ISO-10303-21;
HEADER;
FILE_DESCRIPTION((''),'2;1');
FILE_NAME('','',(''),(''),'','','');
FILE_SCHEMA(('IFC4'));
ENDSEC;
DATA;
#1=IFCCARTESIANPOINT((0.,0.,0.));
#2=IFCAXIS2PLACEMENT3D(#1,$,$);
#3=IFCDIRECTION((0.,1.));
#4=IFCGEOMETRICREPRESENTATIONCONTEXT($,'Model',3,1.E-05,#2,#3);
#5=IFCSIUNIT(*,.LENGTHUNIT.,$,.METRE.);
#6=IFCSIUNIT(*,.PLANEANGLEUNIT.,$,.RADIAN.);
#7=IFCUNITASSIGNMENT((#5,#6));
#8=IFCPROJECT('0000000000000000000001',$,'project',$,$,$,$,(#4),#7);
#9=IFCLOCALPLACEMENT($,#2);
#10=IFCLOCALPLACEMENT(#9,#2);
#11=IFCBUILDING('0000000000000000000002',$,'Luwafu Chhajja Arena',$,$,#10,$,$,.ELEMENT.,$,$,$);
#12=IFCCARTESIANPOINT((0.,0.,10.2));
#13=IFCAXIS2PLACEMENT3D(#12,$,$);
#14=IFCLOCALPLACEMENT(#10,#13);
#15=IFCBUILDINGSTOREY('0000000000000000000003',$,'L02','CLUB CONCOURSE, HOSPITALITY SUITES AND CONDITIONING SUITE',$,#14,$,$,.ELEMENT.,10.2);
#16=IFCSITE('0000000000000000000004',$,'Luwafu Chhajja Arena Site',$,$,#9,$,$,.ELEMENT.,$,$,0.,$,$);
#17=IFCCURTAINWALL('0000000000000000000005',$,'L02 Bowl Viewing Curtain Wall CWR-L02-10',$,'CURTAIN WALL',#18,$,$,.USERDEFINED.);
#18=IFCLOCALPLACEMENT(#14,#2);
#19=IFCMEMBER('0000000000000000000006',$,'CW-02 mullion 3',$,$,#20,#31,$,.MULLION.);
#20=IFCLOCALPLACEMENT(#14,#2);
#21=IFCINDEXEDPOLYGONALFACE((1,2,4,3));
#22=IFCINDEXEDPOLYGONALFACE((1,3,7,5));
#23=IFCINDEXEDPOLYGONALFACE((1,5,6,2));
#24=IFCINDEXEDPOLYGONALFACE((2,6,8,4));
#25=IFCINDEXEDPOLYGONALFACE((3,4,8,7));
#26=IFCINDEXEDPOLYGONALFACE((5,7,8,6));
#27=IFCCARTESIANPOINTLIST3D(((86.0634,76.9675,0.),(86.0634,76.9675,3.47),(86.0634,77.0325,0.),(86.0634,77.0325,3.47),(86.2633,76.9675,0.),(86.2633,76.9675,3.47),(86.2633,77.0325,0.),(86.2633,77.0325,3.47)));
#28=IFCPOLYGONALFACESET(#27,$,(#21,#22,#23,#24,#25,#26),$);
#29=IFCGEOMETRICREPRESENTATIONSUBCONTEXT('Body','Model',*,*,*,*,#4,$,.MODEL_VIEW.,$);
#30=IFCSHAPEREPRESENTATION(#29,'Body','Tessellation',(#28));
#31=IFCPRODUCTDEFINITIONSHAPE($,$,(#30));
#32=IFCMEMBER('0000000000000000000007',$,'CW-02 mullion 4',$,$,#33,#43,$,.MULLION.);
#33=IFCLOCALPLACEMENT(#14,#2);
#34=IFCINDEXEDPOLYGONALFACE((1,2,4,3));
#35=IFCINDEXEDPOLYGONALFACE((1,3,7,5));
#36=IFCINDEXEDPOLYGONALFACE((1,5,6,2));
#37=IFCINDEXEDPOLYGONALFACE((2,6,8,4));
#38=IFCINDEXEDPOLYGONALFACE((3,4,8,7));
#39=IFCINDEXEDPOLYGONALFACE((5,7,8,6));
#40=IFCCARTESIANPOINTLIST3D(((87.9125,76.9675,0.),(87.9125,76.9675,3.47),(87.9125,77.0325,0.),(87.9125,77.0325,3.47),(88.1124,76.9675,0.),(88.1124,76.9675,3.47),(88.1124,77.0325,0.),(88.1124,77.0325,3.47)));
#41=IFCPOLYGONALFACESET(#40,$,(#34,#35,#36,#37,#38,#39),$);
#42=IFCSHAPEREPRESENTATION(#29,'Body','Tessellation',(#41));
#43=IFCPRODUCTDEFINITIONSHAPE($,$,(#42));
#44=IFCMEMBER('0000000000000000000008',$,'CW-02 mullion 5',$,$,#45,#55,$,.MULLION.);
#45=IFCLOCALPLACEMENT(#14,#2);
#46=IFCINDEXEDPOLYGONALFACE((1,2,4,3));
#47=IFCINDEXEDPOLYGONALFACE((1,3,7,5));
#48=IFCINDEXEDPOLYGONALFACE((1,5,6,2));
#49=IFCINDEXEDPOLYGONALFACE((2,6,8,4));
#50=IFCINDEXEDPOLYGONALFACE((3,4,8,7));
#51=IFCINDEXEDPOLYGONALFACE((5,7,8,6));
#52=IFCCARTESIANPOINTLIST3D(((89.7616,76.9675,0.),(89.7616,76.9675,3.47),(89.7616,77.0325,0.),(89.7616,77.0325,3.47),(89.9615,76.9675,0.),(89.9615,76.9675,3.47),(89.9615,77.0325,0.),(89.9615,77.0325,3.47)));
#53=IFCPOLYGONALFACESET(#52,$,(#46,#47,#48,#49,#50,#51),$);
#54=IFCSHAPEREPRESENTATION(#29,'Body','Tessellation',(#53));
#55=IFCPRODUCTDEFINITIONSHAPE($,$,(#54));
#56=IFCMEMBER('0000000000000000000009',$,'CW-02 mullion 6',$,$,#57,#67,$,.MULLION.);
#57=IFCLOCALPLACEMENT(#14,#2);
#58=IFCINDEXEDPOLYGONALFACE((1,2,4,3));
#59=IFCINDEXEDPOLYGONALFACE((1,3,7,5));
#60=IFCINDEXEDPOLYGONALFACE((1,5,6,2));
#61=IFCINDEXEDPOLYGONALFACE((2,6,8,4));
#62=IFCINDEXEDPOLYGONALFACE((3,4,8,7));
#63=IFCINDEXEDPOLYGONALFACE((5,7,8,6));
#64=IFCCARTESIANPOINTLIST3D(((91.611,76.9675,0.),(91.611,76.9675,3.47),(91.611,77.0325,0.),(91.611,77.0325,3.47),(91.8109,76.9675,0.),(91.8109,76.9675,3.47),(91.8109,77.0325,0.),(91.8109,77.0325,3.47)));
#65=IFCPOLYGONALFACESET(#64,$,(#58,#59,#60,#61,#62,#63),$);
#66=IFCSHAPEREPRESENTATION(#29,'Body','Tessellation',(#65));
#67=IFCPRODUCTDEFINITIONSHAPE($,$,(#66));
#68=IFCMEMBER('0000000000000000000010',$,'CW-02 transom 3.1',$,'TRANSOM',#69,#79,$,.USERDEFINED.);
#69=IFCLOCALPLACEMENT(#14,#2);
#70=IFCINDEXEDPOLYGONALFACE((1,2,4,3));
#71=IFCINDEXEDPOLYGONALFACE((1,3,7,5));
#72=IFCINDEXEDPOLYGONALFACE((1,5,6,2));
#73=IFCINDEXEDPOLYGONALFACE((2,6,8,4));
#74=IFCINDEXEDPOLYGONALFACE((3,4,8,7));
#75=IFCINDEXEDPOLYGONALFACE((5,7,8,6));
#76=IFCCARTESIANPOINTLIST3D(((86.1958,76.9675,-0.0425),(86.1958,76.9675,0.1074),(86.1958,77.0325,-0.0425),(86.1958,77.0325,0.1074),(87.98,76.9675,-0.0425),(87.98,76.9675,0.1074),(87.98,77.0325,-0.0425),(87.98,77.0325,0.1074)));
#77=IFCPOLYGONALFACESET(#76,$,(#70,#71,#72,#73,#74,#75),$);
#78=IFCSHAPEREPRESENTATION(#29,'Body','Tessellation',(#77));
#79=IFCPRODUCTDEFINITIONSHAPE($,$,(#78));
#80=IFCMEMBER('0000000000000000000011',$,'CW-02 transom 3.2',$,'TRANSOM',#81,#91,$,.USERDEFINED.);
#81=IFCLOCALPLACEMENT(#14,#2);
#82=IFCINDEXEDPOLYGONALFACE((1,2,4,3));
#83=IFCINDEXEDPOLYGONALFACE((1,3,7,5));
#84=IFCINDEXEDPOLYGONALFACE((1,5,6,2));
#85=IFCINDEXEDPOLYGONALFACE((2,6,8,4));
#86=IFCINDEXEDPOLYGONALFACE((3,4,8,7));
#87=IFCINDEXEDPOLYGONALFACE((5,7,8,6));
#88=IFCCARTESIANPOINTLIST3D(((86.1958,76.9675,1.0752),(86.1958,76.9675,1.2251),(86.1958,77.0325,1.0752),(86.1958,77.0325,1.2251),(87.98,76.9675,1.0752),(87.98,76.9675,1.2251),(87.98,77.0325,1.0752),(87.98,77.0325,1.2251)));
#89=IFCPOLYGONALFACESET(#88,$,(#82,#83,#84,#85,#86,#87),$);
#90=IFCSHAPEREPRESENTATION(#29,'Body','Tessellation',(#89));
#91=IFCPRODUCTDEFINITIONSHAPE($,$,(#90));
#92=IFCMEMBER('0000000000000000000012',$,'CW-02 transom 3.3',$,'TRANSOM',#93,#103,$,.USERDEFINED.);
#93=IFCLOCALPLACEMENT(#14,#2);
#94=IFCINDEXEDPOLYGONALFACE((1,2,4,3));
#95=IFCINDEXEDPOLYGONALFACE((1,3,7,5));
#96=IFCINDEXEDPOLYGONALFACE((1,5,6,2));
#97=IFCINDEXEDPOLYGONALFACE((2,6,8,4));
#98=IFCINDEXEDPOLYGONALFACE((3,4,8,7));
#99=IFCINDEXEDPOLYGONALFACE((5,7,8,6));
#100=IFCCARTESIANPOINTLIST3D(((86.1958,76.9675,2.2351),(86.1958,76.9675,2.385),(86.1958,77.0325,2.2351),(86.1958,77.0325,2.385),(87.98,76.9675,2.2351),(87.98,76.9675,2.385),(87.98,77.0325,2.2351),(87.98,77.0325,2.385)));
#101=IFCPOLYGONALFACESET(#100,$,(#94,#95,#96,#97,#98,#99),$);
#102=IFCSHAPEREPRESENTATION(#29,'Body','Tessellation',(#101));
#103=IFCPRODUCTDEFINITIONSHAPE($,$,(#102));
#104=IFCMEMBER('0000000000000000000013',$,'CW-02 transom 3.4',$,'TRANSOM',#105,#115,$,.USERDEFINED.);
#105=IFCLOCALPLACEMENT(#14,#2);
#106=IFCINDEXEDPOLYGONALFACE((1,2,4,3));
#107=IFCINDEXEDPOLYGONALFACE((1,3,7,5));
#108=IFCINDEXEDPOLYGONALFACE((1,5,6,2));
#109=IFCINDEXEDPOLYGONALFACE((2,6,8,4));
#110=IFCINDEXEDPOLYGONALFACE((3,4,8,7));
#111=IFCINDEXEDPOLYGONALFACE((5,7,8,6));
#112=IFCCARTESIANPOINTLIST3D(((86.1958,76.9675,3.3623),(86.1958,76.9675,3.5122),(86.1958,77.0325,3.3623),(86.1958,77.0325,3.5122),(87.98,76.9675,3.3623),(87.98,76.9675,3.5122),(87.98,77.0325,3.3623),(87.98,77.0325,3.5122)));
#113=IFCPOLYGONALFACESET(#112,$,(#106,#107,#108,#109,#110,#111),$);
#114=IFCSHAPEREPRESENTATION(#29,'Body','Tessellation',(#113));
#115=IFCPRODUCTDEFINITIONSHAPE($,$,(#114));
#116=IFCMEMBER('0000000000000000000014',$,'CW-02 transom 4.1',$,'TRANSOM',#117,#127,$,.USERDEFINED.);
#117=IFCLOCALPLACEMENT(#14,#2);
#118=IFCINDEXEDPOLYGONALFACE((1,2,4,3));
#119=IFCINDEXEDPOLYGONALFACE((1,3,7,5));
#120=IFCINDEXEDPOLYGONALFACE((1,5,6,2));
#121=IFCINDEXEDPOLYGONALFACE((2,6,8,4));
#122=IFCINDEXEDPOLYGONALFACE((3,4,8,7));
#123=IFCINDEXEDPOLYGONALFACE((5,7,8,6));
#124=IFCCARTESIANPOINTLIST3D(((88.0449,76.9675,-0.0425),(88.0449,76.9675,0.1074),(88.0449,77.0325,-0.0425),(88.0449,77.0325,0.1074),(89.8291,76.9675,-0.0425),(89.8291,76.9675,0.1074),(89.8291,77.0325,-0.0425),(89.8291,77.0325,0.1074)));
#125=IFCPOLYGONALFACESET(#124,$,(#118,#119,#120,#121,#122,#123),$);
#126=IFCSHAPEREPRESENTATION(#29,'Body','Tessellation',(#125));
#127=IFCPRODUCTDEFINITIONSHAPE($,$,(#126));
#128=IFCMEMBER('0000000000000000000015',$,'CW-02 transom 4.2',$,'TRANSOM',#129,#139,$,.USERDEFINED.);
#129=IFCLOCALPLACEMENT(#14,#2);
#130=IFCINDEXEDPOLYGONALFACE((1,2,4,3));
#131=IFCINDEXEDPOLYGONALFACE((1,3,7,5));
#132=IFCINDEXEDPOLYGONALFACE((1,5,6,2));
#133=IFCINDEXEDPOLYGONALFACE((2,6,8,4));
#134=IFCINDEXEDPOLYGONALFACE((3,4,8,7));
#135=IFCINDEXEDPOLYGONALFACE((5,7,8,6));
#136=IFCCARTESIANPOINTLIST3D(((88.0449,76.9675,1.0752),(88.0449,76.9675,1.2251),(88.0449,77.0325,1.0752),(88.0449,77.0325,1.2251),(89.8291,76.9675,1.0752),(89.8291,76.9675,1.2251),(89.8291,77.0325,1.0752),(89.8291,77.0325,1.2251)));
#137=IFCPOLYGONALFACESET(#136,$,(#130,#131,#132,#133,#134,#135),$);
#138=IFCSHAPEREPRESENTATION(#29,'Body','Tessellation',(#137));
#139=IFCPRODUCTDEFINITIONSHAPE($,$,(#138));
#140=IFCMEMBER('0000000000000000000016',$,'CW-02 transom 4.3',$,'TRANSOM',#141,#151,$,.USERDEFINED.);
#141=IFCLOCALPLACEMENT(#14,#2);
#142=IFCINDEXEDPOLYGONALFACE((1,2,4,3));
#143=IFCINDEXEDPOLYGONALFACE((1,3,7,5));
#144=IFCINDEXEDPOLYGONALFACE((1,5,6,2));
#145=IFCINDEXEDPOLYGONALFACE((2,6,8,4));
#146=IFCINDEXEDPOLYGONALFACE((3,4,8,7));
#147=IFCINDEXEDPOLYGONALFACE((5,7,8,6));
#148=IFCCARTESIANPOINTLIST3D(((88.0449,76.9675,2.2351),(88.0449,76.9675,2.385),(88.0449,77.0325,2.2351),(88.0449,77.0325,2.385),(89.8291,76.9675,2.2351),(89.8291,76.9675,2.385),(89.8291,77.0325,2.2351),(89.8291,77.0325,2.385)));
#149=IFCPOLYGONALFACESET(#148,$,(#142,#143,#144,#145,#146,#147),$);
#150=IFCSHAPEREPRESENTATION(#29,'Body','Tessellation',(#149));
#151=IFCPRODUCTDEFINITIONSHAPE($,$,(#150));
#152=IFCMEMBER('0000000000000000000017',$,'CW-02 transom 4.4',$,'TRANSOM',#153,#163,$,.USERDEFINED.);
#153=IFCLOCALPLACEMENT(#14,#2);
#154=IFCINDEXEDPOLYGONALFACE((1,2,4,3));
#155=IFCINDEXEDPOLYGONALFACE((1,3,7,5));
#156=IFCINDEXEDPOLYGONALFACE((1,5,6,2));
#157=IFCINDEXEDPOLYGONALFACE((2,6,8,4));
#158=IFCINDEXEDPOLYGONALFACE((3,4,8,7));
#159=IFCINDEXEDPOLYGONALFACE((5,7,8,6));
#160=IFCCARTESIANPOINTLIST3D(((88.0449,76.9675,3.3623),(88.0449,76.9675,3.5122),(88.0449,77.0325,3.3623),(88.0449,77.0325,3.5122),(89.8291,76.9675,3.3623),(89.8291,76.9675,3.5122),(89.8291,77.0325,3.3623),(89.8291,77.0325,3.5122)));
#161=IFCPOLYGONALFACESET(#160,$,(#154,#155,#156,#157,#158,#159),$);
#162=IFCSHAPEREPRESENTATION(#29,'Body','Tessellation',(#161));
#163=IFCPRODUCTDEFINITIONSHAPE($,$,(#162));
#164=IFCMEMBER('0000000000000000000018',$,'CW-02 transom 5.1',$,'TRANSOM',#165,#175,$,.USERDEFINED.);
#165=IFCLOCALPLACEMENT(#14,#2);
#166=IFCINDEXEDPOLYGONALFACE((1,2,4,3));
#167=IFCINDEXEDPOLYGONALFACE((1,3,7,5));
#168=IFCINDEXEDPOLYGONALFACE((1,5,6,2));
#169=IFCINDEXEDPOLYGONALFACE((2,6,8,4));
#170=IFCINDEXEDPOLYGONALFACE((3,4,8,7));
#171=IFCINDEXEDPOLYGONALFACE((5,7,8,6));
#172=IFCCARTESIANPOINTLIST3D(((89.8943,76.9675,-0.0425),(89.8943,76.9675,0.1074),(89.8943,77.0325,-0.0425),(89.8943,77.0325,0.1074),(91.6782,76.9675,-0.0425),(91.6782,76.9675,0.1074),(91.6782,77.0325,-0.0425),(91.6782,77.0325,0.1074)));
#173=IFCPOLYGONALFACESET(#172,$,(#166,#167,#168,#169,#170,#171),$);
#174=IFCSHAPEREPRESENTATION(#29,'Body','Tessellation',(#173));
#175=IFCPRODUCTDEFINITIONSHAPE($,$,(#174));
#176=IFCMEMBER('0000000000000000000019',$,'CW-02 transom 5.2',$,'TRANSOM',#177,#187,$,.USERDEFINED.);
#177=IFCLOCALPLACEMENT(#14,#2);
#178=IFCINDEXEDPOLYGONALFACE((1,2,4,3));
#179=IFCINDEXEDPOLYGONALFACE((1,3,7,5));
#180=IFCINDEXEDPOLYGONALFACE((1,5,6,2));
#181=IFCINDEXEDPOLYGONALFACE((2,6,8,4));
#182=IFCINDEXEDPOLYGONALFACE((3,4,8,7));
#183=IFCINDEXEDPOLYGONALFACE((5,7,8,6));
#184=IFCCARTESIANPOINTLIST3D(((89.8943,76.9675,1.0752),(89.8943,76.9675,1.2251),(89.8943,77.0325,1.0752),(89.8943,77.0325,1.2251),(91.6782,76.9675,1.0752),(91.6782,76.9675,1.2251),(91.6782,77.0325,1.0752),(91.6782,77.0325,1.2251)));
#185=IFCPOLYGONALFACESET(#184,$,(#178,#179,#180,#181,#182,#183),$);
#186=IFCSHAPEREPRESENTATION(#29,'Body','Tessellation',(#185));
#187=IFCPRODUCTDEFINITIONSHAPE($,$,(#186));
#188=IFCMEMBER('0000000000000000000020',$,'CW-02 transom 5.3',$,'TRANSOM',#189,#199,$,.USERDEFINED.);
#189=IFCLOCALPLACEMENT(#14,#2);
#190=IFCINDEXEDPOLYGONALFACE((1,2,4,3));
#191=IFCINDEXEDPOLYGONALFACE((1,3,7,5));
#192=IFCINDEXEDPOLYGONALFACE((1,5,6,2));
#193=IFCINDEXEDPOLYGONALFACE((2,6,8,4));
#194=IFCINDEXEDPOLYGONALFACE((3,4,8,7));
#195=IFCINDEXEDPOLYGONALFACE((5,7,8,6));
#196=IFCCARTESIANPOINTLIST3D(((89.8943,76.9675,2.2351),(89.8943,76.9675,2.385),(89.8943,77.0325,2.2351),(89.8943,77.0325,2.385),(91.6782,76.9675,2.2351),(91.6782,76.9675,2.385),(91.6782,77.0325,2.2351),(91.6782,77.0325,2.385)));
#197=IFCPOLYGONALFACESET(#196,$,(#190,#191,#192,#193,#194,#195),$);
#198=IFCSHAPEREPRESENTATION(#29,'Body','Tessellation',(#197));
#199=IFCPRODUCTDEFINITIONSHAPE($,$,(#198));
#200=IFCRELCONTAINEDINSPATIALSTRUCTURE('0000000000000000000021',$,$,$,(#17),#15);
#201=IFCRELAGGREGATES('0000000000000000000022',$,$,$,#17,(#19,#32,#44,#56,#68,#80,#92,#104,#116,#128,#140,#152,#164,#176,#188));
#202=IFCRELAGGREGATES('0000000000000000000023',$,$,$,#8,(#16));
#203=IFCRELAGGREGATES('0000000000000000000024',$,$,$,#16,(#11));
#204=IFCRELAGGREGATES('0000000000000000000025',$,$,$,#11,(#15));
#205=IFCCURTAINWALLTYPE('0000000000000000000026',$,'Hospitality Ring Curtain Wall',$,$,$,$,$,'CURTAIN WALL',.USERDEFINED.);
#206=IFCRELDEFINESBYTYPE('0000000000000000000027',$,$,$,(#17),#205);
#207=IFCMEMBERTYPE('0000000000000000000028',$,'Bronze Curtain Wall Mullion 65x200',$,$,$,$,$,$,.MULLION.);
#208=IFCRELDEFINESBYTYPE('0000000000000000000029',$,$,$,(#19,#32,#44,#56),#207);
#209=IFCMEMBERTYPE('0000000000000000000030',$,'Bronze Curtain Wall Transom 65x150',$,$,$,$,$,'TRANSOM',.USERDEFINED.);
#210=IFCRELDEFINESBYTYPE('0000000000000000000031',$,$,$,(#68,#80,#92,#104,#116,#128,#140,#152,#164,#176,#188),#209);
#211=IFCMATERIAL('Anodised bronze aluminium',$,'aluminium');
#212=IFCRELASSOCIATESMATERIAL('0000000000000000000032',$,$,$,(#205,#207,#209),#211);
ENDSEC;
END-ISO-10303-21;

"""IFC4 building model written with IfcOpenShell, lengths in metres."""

from ifc_helpers import new_model, si_unit, direction, frame, origin, origin_2d, place, context, subcontext, project, spatial, rectangle, extrude, material, material_profile, profile_set, type_object, element, aggregate, save


model = new_model("IFC4")

# Units and contexts
model_context = context("Model", 3, precision=1e-05, world=origin(), true_north=direction((0.0, 1.0)))
body_context = subcontext(model_context, "Body", "Model", "MODEL_VIEW")
ifc_project = project(units=[si_unit("LENGTHUNIT", "METRE"), si_unit("PLANEANGLEUNIT", "RADIAN")], contexts=[model_context])

# Site, building, storey
site_placement = place(None, origin())
site = spatial("IfcSite", under=ifc_project, at=site_placement, Name="Luwafu Chhajja Arena Site", CompositionType="ELEMENT", RefElevation=0.0)
building_placement = place(site_placement, origin())
building = spatial("IfcBuilding", under=site, at=building_placement, Name="Luwafu Chhajja Arena", CompositionType="ELEMENT")
storey_placement = place(building_placement, frame((0.0, 0.0, 10.2)))
storey = spatial("IfcBuildingStorey", under=building, at=storey_placement, Name="L02", Description="CLUB CONCOURSE, HOSPITALITY SUITES AND CONDITIONING SUITE", CompositionType="ELEMENT", Elevation=10.2)

# Curtain wall, members
ifc_material_1 = material(Name="Anodised bronze aluminium", Category="aluminium")
curtain_wall_type = type_object("IfcCurtainWallType", Name="Hospitality Ring Curtain Wall", ElementType="CURTAIN WALL", PredefinedType="USERDEFINED", material=ifc_material_1)
curtain_wall_placement = place(storey_placement, origin())
curtain_wall = element("IfcCurtainWall", 1, at=curtain_wall_placement, inside=storey, type_object=curtain_wall_type, Name="L02 Bowl Viewing Curtain Wall CWR-L02-10", ObjectType="CURTAIN WALL", PredefinedType="USERDEFINED")
ifc_material_profile_1 = material_profile(ifc_material_1, rectangle(XDim=0.0649, YDim=0.2, at=origin_2d()), Name="CWM 65x200")
ifc_profile_set_1 = profile_set([ifc_material_profile_1], Name="Anodised bronze aluminium")
member_type_1 = type_object("IfcMemberType", Name="Bronze Curtain Wall Mullion 65x200", PredefinedType="MULLION", material=ifc_profile_set_1)
member_1_placement = place(storey_placement, frame((86.1633, 77.0, 0.0), z_axis=(0.0, 0.0, 1.0), x_axis=(0.0, 1.0, 0.0)))
member_1 = element("IfcMember", 2, at=member_1_placement, type_object=member_type_1, Name="CW-02 mullion 3", PredefinedType="MULLION", context=body_context, shape_type="SweptSolid", body=[
    extrude(rectangle(XDim=0.0649, YDim=0.2, at=origin_2d()), origin(), (0.0, 0.0, 1.0), 3.47),
])
member_2_placement = place(storey_placement, frame((88.0125, 77.0, 0.0), z_axis=(0.0, 0.0, 1.0), x_axis=(0.0, 1.0, 0.0)))
member_2 = element("IfcMember", 3, at=member_2_placement, type_object=member_type_1, Name="CW-02 mullion 4", PredefinedType="MULLION", context=body_context, shape_type="SweptSolid", body=[
    extrude(rectangle(XDim=0.0649, YDim=0.2, at=origin_2d()), origin(), (0.0, 0.0, 1.0), 3.47),
])
member_3_placement = place(storey_placement, frame((89.8616, 77.0, 0.0), z_axis=(0.0, 0.0, 1.0), x_axis=(0.0, 1.0, 0.0)))
member_3 = element("IfcMember", 4, at=member_3_placement, type_object=member_type_1, Name="CW-02 mullion 5", PredefinedType="MULLION", context=body_context, shape_type="SweptSolid", body=[
    extrude(rectangle(XDim=0.0649, YDim=0.2, at=origin_2d()), origin(), (0.0, 0.0, 1.0), 3.47),
])
member_4_placement = place(storey_placement, frame((91.7109, 77.0, 0.0), z_axis=(0.0, 0.0, 1.0), x_axis=(0.0, 1.0, 0.0)))
member_4 = element("IfcMember", 5, at=member_4_placement, type_object=member_type_1, Name="CW-02 mullion 6", PredefinedType="MULLION", context=body_context, shape_type="SweptSolid", body=[
    extrude(rectangle(XDim=0.0649, YDim=0.2, at=origin_2d()), origin(), (0.0, 0.0, 1.0), 3.47),
])
ifc_material_profile_2 = material_profile(ifc_material_1, rectangle(XDim=0.0649, YDim=0.1499, at=origin_2d()), Name="CWT 65x150")
ifc_profile_set_2 = profile_set([ifc_material_profile_2], Name="Anodised bronze aluminium")
member_type_2 = type_object("IfcMemberType", Name="Bronze Curtain Wall Transom 65x150", ElementType="TRANSOM", PredefinedType="USERDEFINED", material=ifc_profile_set_2)
member_5_placement = place(storey_placement, frame((86.1958, 77.0, 0.0325), z_axis=(1.0, 0.0, 0.0), x_axis=(0.0, 1.0, 0.0)))
member_5 = element("IfcMember", 6, at=member_5_placement, type_object=member_type_2, Name="CW-02 transom 3.1", ObjectType="TRANSOM", PredefinedType="USERDEFINED", context=body_context, shape_type="SweptSolid", body=[
    extrude(rectangle(XDim=0.0649, YDim=0.1499, at=origin_2d()), origin(), (0.0, 0.0, 1.0), 1.7842),
])
member_6_placement = place(storey_placement, frame((86.1958, 77.0, 1.1501), z_axis=(1.0, 0.0, 0.0), x_axis=(0.0, 1.0, 0.0)))
member_6 = element("IfcMember", 7, at=member_6_placement, type_object=member_type_2, Name="CW-02 transom 3.2", ObjectType="TRANSOM", PredefinedType="USERDEFINED", context=body_context, shape_type="SweptSolid", body=[
    extrude(rectangle(XDim=0.0649, YDim=0.1499, at=origin_2d()), origin(), (0.0, 0.0, 1.0), 1.7842),
])
member_7_placement = place(storey_placement, frame((86.1958, 77.0, 2.3101), z_axis=(1.0, 0.0, 0.0), x_axis=(0.0, 1.0, 0.0)))
member_7 = element("IfcMember", 8, at=member_7_placement, type_object=member_type_2, Name="CW-02 transom 3.3", ObjectType="TRANSOM", PredefinedType="USERDEFINED", context=body_context, shape_type="SweptSolid", body=[
    extrude(rectangle(XDim=0.0649, YDim=0.1499, at=origin_2d()), origin(), (0.0, 0.0, 1.0), 1.7842),
])
member_8_placement = place(storey_placement, frame((86.1958, 77.0, 3.4373), z_axis=(1.0, 0.0, 0.0), x_axis=(0.0, 1.0, 0.0)))
member_8 = element("IfcMember", 9, at=member_8_placement, type_object=member_type_2, Name="CW-02 transom 3.4", ObjectType="TRANSOM", PredefinedType="USERDEFINED", context=body_context, shape_type="SweptSolid", body=[
    extrude(rectangle(XDim=0.0649, YDim=0.1499, at=origin_2d()), origin(), (0.0, 0.0, 1.0), 1.7842),
])
member_9_placement = place(storey_placement, frame((88.0449, 77.0, 0.0325), z_axis=(1.0, 0.0, 0.0), x_axis=(0.0, 1.0, 0.0)))
member_9 = element("IfcMember", 10, at=member_9_placement, type_object=member_type_2, Name="CW-02 transom 4.1", ObjectType="TRANSOM", PredefinedType="USERDEFINED", context=body_context, shape_type="SweptSolid", body=[
    extrude(rectangle(XDim=0.0649, YDim=0.1499, at=origin_2d()), origin(), (0.0, 0.0, 1.0), 1.7842),
])
member_10_placement = place(storey_placement, frame((88.0449, 77.0, 1.1501), z_axis=(1.0, 0.0, 0.0), x_axis=(0.0, 1.0, 0.0)))
member_10 = element("IfcMember", 11, at=member_10_placement, type_object=member_type_2, Name="CW-02 transom 4.2", ObjectType="TRANSOM", PredefinedType="USERDEFINED", context=body_context, shape_type="SweptSolid", body=[
    extrude(rectangle(XDim=0.0649, YDim=0.1499, at=origin_2d()), origin(), (0.0, 0.0, 1.0), 1.7842),
])
member_11_placement = place(storey_placement, frame((88.0449, 77.0, 2.3101), z_axis=(1.0, 0.0, 0.0), x_axis=(0.0, 1.0, 0.0)))
member_11 = element("IfcMember", 12, at=member_11_placement, type_object=member_type_2, Name="CW-02 transom 4.3", ObjectType="TRANSOM", PredefinedType="USERDEFINED", context=body_context, shape_type="SweptSolid", body=[
    extrude(rectangle(XDim=0.0649, YDim=0.1499, at=origin_2d()), origin(), (0.0, 0.0, 1.0), 1.7842),
])
member_12_placement = place(storey_placement, frame((88.0449, 77.0, 3.4373), z_axis=(1.0, 0.0, 0.0), x_axis=(0.0, 1.0, 0.0)))
member_12 = element("IfcMember", 13, at=member_12_placement, type_object=member_type_2, Name="CW-02 transom 4.4", ObjectType="TRANSOM", PredefinedType="USERDEFINED", context=body_context, shape_type="SweptSolid", body=[
    extrude(rectangle(XDim=0.0649, YDim=0.1499, at=origin_2d()), origin(), (0.0, 0.0, 1.0), 1.7842),
])
member_13_placement = place(storey_placement, frame((89.8943, 77.0, 0.0325), z_axis=(1.0, 0.0, 0.0), x_axis=(0.0, 1.0, 0.0)))
member_13 = element("IfcMember", 14, at=member_13_placement, type_object=member_type_2, Name="CW-02 transom 5.1", ObjectType="TRANSOM", PredefinedType="USERDEFINED", context=body_context, shape_type="SweptSolid", body=[
    extrude(rectangle(XDim=0.0649, YDim=0.1499, at=origin_2d()), origin(), (0.0, 0.0, 1.0), 1.7839),
])
member_14_placement = place(storey_placement, frame((89.8943, 77.0, 1.1501), z_axis=(1.0, 0.0, 0.0), x_axis=(0.0, 1.0, 0.0)))
member_14 = element("IfcMember", 15, at=member_14_placement, type_object=member_type_2, Name="CW-02 transom 5.2", ObjectType="TRANSOM", PredefinedType="USERDEFINED", context=body_context, shape_type="SweptSolid", body=[
    extrude(rectangle(XDim=0.0649, YDim=0.1499, at=origin_2d()), origin(), (0.0, 0.0, 1.0), 1.7839),
])
member_15_placement = place(storey_placement, frame((89.8943, 77.0, 2.3101), z_axis=(1.0, 0.0, 0.0), x_axis=(0.0, 1.0, 0.0)))
member_15 = element("IfcMember", 16, at=member_15_placement, type_object=member_type_2, Name="CW-02 transom 5.3", ObjectType="TRANSOM", PredefinedType="USERDEFINED", context=body_context, shape_type="SweptSolid", body=[
    extrude(rectangle(XDim=0.0649, YDim=0.1499, at=origin_2d()), origin(), (0.0, 0.0, 1.0), 1.7839),
])
aggregate(curtain_wall, [member_1, member_2, member_3, member_4, member_5, member_6, member_7, member_8, member_9, member_10, member_11, member_12, member_13, member_14, member_15])

save(model, "model.ifc")
